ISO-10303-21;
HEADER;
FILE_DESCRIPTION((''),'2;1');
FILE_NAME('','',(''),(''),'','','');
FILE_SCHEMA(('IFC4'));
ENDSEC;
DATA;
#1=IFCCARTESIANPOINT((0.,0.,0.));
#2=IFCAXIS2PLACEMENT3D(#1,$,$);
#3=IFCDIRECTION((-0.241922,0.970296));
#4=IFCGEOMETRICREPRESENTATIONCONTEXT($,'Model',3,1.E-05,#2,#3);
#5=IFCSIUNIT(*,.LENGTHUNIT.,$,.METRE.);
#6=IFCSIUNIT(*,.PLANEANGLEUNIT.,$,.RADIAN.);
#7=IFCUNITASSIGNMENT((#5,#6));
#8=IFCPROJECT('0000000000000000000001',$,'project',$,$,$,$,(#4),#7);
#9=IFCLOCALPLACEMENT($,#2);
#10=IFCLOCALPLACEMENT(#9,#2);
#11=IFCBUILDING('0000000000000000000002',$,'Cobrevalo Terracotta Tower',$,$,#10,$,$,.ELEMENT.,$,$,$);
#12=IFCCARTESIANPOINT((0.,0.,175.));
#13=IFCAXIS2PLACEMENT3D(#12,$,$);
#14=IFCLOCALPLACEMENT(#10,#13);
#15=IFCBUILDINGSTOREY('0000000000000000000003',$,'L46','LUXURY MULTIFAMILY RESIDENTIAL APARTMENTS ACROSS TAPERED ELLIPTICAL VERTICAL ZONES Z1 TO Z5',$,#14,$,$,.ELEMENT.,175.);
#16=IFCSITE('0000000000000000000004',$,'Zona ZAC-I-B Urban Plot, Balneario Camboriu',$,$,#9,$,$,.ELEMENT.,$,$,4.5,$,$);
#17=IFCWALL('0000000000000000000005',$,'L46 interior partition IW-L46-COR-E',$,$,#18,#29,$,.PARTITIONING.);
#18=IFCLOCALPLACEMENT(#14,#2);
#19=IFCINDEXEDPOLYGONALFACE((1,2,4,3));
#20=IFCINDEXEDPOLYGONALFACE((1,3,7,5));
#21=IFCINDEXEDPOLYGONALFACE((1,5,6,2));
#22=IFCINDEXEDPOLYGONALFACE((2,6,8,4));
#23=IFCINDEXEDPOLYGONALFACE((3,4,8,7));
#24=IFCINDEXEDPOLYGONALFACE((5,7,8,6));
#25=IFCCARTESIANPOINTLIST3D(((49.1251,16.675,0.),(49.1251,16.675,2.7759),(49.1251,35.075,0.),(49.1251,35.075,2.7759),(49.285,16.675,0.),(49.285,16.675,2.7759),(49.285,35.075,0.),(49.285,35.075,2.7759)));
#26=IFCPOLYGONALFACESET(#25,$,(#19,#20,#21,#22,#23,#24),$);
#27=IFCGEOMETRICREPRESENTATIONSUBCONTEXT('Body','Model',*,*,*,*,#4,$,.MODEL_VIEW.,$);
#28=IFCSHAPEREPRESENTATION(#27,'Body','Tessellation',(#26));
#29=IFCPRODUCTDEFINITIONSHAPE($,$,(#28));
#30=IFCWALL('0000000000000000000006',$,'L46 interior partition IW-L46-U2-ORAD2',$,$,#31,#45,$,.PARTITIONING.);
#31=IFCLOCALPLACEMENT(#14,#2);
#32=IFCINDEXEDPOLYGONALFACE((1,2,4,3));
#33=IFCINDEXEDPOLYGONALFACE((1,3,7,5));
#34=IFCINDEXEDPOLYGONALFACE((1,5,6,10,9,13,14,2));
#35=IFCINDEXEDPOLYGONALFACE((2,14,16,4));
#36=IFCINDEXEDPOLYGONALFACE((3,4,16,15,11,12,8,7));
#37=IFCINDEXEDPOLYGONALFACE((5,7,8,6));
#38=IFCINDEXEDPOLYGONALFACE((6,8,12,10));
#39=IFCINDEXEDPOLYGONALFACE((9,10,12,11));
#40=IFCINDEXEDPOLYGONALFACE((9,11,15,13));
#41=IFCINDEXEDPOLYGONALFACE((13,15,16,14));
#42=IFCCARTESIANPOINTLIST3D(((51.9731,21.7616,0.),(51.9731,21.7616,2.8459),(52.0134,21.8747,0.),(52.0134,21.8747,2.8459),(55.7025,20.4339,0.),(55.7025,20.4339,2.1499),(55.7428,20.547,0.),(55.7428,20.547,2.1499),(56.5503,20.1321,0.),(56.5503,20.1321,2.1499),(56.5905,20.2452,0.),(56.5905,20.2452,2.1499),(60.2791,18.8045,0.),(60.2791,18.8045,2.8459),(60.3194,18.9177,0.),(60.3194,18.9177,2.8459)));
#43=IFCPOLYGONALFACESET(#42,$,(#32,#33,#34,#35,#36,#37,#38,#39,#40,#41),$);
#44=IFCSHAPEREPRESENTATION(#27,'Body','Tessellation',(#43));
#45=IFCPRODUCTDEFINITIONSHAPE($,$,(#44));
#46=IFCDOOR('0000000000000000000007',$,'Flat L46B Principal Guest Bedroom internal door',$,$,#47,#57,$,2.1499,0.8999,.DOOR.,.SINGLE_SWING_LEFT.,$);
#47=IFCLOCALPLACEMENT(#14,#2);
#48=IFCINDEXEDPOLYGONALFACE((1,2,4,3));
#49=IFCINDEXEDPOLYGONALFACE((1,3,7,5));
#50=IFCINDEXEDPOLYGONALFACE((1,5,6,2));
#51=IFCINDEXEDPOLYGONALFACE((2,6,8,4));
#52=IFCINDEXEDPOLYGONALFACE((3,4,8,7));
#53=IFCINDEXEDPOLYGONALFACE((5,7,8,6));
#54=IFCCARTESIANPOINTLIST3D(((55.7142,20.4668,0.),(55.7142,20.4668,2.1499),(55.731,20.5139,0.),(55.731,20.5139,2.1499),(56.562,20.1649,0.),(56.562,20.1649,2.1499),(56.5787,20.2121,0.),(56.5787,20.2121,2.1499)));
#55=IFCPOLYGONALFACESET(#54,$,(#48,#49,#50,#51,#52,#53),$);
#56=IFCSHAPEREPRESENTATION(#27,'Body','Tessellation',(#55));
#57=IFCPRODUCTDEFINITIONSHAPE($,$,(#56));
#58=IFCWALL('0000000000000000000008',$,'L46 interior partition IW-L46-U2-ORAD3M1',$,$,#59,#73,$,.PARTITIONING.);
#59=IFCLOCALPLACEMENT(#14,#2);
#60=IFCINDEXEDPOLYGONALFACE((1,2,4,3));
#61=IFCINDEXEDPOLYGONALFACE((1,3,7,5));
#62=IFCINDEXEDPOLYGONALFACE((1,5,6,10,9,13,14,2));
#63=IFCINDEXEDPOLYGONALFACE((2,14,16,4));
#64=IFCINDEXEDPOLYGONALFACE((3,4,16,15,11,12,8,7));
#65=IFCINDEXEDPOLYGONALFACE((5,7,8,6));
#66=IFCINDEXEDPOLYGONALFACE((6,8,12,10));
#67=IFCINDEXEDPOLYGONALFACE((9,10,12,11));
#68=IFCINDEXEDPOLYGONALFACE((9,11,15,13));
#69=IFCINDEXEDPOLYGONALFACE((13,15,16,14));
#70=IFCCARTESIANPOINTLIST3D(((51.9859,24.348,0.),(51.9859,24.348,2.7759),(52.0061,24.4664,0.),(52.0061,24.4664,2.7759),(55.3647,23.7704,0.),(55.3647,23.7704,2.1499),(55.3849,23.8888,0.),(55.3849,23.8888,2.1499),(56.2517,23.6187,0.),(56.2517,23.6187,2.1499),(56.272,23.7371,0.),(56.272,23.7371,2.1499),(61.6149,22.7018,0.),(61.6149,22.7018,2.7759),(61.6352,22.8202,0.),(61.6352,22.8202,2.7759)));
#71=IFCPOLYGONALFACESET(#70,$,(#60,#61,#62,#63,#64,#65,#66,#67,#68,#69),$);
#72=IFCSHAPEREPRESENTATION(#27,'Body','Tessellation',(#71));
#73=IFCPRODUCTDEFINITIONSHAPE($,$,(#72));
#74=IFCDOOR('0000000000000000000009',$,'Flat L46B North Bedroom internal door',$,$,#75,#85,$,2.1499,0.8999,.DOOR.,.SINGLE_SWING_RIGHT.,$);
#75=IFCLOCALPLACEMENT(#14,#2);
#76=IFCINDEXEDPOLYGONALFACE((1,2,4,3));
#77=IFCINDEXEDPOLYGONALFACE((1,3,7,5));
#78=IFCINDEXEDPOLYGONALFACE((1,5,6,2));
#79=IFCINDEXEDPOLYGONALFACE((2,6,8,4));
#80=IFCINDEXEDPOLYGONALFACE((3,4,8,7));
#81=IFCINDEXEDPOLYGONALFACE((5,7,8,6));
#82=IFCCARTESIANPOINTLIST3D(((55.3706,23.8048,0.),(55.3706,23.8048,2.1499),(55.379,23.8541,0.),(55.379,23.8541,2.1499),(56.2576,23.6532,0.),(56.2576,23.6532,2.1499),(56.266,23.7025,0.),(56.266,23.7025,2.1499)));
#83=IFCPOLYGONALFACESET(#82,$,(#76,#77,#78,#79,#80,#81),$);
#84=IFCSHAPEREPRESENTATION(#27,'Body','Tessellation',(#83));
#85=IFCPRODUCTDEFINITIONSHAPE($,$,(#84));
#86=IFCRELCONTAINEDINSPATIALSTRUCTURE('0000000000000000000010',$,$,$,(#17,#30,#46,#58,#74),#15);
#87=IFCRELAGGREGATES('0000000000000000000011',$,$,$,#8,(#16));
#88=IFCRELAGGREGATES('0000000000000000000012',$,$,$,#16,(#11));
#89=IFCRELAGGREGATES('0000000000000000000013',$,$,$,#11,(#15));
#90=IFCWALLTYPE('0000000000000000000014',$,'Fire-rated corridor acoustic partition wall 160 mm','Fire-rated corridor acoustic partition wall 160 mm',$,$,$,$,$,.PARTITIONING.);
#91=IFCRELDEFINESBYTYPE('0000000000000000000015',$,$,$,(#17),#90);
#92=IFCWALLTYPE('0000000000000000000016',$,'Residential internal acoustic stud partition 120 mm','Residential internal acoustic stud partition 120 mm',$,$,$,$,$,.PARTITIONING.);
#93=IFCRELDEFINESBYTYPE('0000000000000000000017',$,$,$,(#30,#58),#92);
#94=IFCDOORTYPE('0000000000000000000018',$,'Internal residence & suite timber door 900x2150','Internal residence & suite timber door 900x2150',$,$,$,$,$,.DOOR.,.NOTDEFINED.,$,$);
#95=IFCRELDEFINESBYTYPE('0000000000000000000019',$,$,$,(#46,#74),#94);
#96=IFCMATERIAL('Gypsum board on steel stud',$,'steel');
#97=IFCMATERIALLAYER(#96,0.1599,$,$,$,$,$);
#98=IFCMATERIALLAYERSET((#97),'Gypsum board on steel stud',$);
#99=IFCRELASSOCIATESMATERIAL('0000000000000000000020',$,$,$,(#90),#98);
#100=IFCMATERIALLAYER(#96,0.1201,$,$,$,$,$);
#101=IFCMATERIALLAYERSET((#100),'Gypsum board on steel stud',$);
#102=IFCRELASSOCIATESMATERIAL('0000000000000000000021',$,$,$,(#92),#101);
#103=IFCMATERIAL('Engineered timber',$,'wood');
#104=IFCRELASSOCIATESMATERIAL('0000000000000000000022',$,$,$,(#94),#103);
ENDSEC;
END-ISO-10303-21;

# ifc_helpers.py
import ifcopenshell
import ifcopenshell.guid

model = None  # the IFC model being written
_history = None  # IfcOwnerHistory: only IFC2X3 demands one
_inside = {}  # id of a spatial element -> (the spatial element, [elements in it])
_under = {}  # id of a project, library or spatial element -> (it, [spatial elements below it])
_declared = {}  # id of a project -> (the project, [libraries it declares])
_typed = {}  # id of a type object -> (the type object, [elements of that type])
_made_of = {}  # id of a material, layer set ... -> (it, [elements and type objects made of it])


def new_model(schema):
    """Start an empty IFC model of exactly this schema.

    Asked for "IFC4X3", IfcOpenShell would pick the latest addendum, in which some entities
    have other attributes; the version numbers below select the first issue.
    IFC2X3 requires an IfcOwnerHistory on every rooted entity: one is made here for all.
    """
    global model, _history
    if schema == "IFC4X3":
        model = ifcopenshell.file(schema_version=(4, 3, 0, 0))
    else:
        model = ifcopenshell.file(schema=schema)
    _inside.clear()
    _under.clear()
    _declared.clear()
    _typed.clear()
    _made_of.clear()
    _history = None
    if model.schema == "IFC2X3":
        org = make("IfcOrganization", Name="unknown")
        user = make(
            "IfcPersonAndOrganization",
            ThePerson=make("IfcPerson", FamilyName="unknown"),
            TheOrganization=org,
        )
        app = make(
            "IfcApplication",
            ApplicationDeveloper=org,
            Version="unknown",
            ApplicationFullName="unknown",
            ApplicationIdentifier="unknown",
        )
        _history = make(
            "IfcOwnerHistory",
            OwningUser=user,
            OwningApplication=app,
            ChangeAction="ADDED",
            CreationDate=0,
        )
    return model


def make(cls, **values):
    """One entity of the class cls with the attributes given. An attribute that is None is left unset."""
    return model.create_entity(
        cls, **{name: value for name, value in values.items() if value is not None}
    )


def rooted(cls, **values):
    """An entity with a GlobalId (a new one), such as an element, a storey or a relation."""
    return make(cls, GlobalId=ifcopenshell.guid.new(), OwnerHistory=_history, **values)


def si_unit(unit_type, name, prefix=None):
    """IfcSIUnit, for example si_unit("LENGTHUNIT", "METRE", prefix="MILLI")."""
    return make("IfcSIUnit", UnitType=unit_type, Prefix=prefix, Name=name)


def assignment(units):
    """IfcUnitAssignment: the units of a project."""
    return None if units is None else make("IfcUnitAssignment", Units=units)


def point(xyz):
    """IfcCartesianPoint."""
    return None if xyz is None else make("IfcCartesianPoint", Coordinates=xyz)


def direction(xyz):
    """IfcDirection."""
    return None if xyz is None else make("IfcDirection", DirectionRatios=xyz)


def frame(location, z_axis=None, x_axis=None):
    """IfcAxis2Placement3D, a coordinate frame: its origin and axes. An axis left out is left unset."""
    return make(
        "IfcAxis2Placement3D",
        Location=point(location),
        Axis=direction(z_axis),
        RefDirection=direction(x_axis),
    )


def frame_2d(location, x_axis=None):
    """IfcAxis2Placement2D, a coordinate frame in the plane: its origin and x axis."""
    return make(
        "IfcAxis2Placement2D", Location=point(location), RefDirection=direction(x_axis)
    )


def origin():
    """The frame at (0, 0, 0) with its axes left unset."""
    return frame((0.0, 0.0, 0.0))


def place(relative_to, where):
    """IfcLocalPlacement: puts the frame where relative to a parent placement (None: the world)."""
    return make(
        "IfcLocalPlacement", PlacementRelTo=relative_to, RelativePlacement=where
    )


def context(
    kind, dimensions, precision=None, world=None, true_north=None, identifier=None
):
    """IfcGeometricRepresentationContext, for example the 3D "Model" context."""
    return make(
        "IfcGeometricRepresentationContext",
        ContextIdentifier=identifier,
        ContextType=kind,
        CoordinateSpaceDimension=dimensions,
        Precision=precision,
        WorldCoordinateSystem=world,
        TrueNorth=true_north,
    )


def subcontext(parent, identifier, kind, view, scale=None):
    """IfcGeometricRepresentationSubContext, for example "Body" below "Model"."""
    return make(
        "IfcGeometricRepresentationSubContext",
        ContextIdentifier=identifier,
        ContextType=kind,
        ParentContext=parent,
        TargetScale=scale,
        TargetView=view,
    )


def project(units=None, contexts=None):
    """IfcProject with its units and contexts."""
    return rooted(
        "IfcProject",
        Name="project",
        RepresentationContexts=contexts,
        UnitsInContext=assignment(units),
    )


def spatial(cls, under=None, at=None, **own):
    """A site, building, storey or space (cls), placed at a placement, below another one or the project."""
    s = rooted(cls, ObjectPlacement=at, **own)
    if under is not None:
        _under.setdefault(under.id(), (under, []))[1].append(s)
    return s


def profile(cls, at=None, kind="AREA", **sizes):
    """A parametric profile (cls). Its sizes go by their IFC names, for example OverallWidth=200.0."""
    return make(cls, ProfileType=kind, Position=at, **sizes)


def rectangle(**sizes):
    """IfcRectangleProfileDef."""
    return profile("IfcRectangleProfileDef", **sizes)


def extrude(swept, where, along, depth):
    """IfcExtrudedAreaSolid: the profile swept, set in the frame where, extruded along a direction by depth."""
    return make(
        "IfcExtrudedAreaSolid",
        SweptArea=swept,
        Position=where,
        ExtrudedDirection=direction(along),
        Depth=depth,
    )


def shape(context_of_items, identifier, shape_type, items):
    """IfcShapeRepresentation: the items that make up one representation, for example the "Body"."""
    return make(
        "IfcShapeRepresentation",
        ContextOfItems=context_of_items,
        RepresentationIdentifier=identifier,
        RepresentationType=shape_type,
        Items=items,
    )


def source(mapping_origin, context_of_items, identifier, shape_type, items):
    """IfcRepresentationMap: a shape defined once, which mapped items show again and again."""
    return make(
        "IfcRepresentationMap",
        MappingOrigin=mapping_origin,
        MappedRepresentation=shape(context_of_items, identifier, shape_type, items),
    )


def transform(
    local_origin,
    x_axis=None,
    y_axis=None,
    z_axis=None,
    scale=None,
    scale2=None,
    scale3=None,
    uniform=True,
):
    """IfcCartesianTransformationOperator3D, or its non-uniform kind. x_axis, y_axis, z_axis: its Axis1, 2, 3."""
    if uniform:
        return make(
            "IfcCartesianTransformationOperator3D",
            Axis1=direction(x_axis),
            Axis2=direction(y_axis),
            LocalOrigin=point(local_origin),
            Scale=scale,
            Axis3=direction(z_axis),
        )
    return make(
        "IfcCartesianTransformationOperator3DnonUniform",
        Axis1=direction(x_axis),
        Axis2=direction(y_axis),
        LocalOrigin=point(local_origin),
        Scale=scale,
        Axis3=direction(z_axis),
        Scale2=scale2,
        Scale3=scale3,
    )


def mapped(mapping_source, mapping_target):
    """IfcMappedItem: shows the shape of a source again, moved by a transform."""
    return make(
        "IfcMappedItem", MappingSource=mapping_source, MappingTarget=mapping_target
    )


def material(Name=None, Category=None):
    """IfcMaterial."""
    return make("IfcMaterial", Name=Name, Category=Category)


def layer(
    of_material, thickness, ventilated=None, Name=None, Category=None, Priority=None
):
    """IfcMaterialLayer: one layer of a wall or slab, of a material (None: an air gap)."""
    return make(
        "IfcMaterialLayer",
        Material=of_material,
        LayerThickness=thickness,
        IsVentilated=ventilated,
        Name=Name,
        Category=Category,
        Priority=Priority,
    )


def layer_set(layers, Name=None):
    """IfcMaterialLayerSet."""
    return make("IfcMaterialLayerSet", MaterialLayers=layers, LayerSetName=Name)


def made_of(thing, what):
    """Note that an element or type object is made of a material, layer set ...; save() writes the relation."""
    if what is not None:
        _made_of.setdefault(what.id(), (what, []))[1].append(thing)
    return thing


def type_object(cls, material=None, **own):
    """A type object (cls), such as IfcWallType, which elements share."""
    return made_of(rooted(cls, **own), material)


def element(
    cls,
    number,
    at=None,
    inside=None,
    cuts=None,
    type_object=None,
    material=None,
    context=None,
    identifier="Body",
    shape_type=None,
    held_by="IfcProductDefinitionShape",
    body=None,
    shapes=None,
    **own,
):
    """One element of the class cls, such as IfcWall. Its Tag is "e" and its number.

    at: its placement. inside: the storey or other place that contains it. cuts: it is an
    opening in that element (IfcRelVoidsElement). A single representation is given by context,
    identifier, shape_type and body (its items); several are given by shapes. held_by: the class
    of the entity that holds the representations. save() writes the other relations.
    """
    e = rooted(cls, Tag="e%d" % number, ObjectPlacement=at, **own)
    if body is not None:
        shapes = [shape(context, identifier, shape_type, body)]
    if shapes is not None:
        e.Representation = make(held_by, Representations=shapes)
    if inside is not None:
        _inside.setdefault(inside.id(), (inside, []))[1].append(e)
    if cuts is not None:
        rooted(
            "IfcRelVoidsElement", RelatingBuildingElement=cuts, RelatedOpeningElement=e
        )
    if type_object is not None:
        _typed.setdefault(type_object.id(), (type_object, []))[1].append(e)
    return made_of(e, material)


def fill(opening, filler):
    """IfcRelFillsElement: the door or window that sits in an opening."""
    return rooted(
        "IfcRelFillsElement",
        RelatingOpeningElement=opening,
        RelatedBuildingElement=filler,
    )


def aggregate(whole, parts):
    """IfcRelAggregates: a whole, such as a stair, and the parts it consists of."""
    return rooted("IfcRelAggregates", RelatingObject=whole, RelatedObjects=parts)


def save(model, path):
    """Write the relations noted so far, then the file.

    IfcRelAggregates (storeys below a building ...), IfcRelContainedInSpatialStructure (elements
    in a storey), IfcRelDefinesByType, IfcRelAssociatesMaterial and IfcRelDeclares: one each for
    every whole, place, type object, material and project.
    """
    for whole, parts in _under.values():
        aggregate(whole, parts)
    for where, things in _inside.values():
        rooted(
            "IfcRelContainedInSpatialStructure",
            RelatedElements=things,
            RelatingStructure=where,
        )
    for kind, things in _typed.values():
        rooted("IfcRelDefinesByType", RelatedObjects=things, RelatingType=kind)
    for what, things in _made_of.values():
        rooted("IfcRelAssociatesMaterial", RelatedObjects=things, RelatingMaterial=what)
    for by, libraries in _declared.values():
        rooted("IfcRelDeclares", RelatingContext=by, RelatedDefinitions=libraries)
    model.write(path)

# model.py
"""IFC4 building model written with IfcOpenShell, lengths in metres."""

from ifc_helpers import new_model, si_unit, direction, frame, frame_2d, origin, place, context, subcontext, project, spatial, rectangle, extrude, source, transform, mapped, material, layer, layer_set, type_object, element, fill, save


model = new_model("IFC4")

# Units and contexts
model_context = context("Model", 3, precision=1e-05, world=origin(), true_north=direction((-0.241922, 0.970296)))
body_context = subcontext(model_context, "Body", "Model", "MODEL_VIEW")
ifc_project = project(units=[si_unit("LENGTHUNIT", "METRE"), si_unit("PLANEANGLEUNIT", "RADIAN")], contexts=[model_context])

# Site, building, storey
site_placement = place(None, origin())
site = spatial("IfcSite", under=ifc_project, at=site_placement, Name="Zona ZAC-I-B Urban Plot, Balneario Camboriu", CompositionType="ELEMENT", RefElevation=4.5)
building_placement = place(site_placement, origin())
building = spatial("IfcBuilding", under=site, at=building_placement, Name="Cobrevalo Terracotta Tower", CompositionType="ELEMENT")
storey_placement = place(building_placement, frame((0.0, 0.0, 175.0)))
storey = spatial("IfcBuildingStorey", under=building, at=storey_placement, Name="L46", Description="LUXURY MULTIFAMILY RESIDENTIAL APARTMENTS ACROSS TAPERED ELLIPTICAL VERTICAL ZONES Z1 TO Z5", CompositionType="ELEMENT", Elevation=175.0)

# Wall
ifc_material_1 = material(Name="Gypsum board on steel stud", Category="steel")
ifc_layer_1 = layer(ifc_material_1, 0.1599)
ifc_layer_set_1 = layer_set([ifc_layer_1], Name="Gypsum board on steel stud")
wall_type_1 = type_object("IfcWallType", Name="Fire-rated corridor acoustic partition wall 160 mm", Description="Fire-rated corridor acoustic partition wall 160 mm", PredefinedType="PARTITIONING", material=ifc_layer_set_1)
wall_1_placement = place(storey_placement, frame((49.2051, 16.675, 0.0), z_axis=(0.0, 0.0, 1.0), x_axis=(0.0, 1.0, 0.0)))
element("IfcWall", 1, at=wall_1_placement, inside=storey, type_object=wall_type_1, Name="L46 interior partition IW-L46-COR-E", PredefinedType="PARTITIONING", context=body_context, shape_type="SweptSolid", body=[
    extrude(rectangle(XDim=18.3999, YDim=0.1599, at=frame_2d((9.2, 0.0))), origin(), (0.0, 0.0, 1.0), 2.7759),
])

# Walls, openings, doors
ifc_layer_2 = layer(ifc_material_1, 0.1201)
ifc_layer_set_2 = layer_set([ifc_layer_2], Name="Gypsum board on steel stud")
wall_type_2 = type_object("IfcWallType", Name="Residential internal acoustic stud partition 120 mm", Description="Residential internal acoustic stud partition 120 mm", PredefinedType="PARTITIONING", material=ifc_layer_set_2)
wall_2_placement = place(storey_placement, frame((51.9934, 21.8181, 0.0), z_axis=(0.0, 0.0, 1.0), x_axis=(0.942078, -0.335394, 0.0)))
wall_2 = element("IfcWall", 2, at=wall_2_placement, inside=storey, type_object=wall_type_2, Name="L46 interior partition IW-L46-U2-ORAD2", PredefinedType="PARTITIONING", context=body_context, shape_type="SweptSolid", body=[
    extrude(rectangle(XDim=8.8167, YDim=0.1201, at=frame_2d((4.4082, 0.0))), origin(), (0.0, 0.0, 1.0), 2.8459),
])
opening_1_placement = place(wall_2_placement, frame((3.9585, 0.0, 0.0)))
opening_1 = element("IfcOpeningElement", 3, at=opening_1_placement, cuts=wall_2, PredefinedType="OPENING", context=body_context, shape_type="SweptSolid", body=[
    extrude(rectangle(XDim=0.8999, YDim=2.1499, at=frame_2d((0.45, 1.075))), frame((0.0, 0.0701, 0.0), z_axis=(0.0, -1.0, 0.0), x_axis=(1.0, 0.0, 0.0)), (0.0, 0.0, 1.0), 0.1401),
])
ifc_material_2 = material(Name="Engineered timber", Category="wood")
door_type = type_object("IfcDoorType", Name="Internal residence & suite timber door 900x2150", Description="Internal residence & suite timber door 900x2150", OperationType="NOTDEFINED", PredefinedType="DOOR", material=ifc_material_2)
shared_shape_1 = source(origin(), body_context, "Body", "SweptSolid", [
    extrude(rectangle(XDim=0.8999, YDim=2.1499, at=frame_2d((0.45, 1.075))), frame((0.0, 0.0249, 0.0), z_axis=(0.0, -1.0, 0.0), x_axis=(1.0, 0.0, 0.0)), (0.0, 0.0, 1.0), 0.05),
])
door_1_placement = place(opening_1_placement, origin())
door_1 = element("IfcDoor", 4, at=door_1_placement, inside=storey, type_object=door_type, Name="Flat L46B Principal Guest Bedroom internal door", OperationType="SINGLE_SWING_LEFT", OverallHeight=2.1499, OverallWidth=0.8999, PredefinedType="DOOR", context=body_context, shape_type="MappedRepresentation", body=[
    mapped(shared_shape_1, transform((0.0, 0.0, 0.0), scale=1.0)),
])
fill(opening_1, door_1)
wall_3_placement = place(storey_placement, frame((51.9961, 24.4072, 0.0), z_axis=(0.0, 0.0, 1.0), x_axis=(0.985698, -0.168519, 0.0)))
wall_3 = element("IfcWall", 5, at=wall_3_placement, inside=storey, type_object=wall_type_2, Name="L46 interior partition IW-L46-U2-ORAD3M1", PredefinedType="PARTITIONING", context=body_context, shape_type="SweptSolid", body=[
    extrude(rectangle(XDim=9.7688, YDim=0.1201, at=frame_2d((4.8843, 0.0))), origin(), (0.0, 0.0, 1.0), 2.7759),
])
opening_2_placement = place(wall_3_placement, frame((3.4277, 0.0, 0.0)))
opening_2 = element("IfcOpeningElement", 6, at=opening_2_placement, cuts=wall_3, PredefinedType="OPENING", context=body_context, shape_type="SweptSolid", body=[
    extrude(rectangle(XDim=0.8999, YDim=2.1499, at=frame_2d((0.45, 1.075))), frame((0.0, 0.0701, 0.0), z_axis=(0.0, -1.0, 0.0), x_axis=(1.0, 0.0, 0.0)), (0.0, 0.0, 1.0), 0.1401),
])
door_2_placement = place(opening_2_placement, origin())
door_2 = element("IfcDoor", 7, at=door_2_placement, inside=storey, type_object=door_type, Name="Flat L46B North Bedroom internal door", OperationType="SINGLE_SWING_RIGHT", OverallHeight=2.1499, OverallWidth=0.8999, PredefinedType="DOOR", context=body_context, shape_type="MappedRepresentation", body=[
    mapped(shared_shape_1, transform((0.0, 0.0, 0.0), scale=1.0)),
])
fill(opening_2, door_2)

save(model, "model.ifc")
